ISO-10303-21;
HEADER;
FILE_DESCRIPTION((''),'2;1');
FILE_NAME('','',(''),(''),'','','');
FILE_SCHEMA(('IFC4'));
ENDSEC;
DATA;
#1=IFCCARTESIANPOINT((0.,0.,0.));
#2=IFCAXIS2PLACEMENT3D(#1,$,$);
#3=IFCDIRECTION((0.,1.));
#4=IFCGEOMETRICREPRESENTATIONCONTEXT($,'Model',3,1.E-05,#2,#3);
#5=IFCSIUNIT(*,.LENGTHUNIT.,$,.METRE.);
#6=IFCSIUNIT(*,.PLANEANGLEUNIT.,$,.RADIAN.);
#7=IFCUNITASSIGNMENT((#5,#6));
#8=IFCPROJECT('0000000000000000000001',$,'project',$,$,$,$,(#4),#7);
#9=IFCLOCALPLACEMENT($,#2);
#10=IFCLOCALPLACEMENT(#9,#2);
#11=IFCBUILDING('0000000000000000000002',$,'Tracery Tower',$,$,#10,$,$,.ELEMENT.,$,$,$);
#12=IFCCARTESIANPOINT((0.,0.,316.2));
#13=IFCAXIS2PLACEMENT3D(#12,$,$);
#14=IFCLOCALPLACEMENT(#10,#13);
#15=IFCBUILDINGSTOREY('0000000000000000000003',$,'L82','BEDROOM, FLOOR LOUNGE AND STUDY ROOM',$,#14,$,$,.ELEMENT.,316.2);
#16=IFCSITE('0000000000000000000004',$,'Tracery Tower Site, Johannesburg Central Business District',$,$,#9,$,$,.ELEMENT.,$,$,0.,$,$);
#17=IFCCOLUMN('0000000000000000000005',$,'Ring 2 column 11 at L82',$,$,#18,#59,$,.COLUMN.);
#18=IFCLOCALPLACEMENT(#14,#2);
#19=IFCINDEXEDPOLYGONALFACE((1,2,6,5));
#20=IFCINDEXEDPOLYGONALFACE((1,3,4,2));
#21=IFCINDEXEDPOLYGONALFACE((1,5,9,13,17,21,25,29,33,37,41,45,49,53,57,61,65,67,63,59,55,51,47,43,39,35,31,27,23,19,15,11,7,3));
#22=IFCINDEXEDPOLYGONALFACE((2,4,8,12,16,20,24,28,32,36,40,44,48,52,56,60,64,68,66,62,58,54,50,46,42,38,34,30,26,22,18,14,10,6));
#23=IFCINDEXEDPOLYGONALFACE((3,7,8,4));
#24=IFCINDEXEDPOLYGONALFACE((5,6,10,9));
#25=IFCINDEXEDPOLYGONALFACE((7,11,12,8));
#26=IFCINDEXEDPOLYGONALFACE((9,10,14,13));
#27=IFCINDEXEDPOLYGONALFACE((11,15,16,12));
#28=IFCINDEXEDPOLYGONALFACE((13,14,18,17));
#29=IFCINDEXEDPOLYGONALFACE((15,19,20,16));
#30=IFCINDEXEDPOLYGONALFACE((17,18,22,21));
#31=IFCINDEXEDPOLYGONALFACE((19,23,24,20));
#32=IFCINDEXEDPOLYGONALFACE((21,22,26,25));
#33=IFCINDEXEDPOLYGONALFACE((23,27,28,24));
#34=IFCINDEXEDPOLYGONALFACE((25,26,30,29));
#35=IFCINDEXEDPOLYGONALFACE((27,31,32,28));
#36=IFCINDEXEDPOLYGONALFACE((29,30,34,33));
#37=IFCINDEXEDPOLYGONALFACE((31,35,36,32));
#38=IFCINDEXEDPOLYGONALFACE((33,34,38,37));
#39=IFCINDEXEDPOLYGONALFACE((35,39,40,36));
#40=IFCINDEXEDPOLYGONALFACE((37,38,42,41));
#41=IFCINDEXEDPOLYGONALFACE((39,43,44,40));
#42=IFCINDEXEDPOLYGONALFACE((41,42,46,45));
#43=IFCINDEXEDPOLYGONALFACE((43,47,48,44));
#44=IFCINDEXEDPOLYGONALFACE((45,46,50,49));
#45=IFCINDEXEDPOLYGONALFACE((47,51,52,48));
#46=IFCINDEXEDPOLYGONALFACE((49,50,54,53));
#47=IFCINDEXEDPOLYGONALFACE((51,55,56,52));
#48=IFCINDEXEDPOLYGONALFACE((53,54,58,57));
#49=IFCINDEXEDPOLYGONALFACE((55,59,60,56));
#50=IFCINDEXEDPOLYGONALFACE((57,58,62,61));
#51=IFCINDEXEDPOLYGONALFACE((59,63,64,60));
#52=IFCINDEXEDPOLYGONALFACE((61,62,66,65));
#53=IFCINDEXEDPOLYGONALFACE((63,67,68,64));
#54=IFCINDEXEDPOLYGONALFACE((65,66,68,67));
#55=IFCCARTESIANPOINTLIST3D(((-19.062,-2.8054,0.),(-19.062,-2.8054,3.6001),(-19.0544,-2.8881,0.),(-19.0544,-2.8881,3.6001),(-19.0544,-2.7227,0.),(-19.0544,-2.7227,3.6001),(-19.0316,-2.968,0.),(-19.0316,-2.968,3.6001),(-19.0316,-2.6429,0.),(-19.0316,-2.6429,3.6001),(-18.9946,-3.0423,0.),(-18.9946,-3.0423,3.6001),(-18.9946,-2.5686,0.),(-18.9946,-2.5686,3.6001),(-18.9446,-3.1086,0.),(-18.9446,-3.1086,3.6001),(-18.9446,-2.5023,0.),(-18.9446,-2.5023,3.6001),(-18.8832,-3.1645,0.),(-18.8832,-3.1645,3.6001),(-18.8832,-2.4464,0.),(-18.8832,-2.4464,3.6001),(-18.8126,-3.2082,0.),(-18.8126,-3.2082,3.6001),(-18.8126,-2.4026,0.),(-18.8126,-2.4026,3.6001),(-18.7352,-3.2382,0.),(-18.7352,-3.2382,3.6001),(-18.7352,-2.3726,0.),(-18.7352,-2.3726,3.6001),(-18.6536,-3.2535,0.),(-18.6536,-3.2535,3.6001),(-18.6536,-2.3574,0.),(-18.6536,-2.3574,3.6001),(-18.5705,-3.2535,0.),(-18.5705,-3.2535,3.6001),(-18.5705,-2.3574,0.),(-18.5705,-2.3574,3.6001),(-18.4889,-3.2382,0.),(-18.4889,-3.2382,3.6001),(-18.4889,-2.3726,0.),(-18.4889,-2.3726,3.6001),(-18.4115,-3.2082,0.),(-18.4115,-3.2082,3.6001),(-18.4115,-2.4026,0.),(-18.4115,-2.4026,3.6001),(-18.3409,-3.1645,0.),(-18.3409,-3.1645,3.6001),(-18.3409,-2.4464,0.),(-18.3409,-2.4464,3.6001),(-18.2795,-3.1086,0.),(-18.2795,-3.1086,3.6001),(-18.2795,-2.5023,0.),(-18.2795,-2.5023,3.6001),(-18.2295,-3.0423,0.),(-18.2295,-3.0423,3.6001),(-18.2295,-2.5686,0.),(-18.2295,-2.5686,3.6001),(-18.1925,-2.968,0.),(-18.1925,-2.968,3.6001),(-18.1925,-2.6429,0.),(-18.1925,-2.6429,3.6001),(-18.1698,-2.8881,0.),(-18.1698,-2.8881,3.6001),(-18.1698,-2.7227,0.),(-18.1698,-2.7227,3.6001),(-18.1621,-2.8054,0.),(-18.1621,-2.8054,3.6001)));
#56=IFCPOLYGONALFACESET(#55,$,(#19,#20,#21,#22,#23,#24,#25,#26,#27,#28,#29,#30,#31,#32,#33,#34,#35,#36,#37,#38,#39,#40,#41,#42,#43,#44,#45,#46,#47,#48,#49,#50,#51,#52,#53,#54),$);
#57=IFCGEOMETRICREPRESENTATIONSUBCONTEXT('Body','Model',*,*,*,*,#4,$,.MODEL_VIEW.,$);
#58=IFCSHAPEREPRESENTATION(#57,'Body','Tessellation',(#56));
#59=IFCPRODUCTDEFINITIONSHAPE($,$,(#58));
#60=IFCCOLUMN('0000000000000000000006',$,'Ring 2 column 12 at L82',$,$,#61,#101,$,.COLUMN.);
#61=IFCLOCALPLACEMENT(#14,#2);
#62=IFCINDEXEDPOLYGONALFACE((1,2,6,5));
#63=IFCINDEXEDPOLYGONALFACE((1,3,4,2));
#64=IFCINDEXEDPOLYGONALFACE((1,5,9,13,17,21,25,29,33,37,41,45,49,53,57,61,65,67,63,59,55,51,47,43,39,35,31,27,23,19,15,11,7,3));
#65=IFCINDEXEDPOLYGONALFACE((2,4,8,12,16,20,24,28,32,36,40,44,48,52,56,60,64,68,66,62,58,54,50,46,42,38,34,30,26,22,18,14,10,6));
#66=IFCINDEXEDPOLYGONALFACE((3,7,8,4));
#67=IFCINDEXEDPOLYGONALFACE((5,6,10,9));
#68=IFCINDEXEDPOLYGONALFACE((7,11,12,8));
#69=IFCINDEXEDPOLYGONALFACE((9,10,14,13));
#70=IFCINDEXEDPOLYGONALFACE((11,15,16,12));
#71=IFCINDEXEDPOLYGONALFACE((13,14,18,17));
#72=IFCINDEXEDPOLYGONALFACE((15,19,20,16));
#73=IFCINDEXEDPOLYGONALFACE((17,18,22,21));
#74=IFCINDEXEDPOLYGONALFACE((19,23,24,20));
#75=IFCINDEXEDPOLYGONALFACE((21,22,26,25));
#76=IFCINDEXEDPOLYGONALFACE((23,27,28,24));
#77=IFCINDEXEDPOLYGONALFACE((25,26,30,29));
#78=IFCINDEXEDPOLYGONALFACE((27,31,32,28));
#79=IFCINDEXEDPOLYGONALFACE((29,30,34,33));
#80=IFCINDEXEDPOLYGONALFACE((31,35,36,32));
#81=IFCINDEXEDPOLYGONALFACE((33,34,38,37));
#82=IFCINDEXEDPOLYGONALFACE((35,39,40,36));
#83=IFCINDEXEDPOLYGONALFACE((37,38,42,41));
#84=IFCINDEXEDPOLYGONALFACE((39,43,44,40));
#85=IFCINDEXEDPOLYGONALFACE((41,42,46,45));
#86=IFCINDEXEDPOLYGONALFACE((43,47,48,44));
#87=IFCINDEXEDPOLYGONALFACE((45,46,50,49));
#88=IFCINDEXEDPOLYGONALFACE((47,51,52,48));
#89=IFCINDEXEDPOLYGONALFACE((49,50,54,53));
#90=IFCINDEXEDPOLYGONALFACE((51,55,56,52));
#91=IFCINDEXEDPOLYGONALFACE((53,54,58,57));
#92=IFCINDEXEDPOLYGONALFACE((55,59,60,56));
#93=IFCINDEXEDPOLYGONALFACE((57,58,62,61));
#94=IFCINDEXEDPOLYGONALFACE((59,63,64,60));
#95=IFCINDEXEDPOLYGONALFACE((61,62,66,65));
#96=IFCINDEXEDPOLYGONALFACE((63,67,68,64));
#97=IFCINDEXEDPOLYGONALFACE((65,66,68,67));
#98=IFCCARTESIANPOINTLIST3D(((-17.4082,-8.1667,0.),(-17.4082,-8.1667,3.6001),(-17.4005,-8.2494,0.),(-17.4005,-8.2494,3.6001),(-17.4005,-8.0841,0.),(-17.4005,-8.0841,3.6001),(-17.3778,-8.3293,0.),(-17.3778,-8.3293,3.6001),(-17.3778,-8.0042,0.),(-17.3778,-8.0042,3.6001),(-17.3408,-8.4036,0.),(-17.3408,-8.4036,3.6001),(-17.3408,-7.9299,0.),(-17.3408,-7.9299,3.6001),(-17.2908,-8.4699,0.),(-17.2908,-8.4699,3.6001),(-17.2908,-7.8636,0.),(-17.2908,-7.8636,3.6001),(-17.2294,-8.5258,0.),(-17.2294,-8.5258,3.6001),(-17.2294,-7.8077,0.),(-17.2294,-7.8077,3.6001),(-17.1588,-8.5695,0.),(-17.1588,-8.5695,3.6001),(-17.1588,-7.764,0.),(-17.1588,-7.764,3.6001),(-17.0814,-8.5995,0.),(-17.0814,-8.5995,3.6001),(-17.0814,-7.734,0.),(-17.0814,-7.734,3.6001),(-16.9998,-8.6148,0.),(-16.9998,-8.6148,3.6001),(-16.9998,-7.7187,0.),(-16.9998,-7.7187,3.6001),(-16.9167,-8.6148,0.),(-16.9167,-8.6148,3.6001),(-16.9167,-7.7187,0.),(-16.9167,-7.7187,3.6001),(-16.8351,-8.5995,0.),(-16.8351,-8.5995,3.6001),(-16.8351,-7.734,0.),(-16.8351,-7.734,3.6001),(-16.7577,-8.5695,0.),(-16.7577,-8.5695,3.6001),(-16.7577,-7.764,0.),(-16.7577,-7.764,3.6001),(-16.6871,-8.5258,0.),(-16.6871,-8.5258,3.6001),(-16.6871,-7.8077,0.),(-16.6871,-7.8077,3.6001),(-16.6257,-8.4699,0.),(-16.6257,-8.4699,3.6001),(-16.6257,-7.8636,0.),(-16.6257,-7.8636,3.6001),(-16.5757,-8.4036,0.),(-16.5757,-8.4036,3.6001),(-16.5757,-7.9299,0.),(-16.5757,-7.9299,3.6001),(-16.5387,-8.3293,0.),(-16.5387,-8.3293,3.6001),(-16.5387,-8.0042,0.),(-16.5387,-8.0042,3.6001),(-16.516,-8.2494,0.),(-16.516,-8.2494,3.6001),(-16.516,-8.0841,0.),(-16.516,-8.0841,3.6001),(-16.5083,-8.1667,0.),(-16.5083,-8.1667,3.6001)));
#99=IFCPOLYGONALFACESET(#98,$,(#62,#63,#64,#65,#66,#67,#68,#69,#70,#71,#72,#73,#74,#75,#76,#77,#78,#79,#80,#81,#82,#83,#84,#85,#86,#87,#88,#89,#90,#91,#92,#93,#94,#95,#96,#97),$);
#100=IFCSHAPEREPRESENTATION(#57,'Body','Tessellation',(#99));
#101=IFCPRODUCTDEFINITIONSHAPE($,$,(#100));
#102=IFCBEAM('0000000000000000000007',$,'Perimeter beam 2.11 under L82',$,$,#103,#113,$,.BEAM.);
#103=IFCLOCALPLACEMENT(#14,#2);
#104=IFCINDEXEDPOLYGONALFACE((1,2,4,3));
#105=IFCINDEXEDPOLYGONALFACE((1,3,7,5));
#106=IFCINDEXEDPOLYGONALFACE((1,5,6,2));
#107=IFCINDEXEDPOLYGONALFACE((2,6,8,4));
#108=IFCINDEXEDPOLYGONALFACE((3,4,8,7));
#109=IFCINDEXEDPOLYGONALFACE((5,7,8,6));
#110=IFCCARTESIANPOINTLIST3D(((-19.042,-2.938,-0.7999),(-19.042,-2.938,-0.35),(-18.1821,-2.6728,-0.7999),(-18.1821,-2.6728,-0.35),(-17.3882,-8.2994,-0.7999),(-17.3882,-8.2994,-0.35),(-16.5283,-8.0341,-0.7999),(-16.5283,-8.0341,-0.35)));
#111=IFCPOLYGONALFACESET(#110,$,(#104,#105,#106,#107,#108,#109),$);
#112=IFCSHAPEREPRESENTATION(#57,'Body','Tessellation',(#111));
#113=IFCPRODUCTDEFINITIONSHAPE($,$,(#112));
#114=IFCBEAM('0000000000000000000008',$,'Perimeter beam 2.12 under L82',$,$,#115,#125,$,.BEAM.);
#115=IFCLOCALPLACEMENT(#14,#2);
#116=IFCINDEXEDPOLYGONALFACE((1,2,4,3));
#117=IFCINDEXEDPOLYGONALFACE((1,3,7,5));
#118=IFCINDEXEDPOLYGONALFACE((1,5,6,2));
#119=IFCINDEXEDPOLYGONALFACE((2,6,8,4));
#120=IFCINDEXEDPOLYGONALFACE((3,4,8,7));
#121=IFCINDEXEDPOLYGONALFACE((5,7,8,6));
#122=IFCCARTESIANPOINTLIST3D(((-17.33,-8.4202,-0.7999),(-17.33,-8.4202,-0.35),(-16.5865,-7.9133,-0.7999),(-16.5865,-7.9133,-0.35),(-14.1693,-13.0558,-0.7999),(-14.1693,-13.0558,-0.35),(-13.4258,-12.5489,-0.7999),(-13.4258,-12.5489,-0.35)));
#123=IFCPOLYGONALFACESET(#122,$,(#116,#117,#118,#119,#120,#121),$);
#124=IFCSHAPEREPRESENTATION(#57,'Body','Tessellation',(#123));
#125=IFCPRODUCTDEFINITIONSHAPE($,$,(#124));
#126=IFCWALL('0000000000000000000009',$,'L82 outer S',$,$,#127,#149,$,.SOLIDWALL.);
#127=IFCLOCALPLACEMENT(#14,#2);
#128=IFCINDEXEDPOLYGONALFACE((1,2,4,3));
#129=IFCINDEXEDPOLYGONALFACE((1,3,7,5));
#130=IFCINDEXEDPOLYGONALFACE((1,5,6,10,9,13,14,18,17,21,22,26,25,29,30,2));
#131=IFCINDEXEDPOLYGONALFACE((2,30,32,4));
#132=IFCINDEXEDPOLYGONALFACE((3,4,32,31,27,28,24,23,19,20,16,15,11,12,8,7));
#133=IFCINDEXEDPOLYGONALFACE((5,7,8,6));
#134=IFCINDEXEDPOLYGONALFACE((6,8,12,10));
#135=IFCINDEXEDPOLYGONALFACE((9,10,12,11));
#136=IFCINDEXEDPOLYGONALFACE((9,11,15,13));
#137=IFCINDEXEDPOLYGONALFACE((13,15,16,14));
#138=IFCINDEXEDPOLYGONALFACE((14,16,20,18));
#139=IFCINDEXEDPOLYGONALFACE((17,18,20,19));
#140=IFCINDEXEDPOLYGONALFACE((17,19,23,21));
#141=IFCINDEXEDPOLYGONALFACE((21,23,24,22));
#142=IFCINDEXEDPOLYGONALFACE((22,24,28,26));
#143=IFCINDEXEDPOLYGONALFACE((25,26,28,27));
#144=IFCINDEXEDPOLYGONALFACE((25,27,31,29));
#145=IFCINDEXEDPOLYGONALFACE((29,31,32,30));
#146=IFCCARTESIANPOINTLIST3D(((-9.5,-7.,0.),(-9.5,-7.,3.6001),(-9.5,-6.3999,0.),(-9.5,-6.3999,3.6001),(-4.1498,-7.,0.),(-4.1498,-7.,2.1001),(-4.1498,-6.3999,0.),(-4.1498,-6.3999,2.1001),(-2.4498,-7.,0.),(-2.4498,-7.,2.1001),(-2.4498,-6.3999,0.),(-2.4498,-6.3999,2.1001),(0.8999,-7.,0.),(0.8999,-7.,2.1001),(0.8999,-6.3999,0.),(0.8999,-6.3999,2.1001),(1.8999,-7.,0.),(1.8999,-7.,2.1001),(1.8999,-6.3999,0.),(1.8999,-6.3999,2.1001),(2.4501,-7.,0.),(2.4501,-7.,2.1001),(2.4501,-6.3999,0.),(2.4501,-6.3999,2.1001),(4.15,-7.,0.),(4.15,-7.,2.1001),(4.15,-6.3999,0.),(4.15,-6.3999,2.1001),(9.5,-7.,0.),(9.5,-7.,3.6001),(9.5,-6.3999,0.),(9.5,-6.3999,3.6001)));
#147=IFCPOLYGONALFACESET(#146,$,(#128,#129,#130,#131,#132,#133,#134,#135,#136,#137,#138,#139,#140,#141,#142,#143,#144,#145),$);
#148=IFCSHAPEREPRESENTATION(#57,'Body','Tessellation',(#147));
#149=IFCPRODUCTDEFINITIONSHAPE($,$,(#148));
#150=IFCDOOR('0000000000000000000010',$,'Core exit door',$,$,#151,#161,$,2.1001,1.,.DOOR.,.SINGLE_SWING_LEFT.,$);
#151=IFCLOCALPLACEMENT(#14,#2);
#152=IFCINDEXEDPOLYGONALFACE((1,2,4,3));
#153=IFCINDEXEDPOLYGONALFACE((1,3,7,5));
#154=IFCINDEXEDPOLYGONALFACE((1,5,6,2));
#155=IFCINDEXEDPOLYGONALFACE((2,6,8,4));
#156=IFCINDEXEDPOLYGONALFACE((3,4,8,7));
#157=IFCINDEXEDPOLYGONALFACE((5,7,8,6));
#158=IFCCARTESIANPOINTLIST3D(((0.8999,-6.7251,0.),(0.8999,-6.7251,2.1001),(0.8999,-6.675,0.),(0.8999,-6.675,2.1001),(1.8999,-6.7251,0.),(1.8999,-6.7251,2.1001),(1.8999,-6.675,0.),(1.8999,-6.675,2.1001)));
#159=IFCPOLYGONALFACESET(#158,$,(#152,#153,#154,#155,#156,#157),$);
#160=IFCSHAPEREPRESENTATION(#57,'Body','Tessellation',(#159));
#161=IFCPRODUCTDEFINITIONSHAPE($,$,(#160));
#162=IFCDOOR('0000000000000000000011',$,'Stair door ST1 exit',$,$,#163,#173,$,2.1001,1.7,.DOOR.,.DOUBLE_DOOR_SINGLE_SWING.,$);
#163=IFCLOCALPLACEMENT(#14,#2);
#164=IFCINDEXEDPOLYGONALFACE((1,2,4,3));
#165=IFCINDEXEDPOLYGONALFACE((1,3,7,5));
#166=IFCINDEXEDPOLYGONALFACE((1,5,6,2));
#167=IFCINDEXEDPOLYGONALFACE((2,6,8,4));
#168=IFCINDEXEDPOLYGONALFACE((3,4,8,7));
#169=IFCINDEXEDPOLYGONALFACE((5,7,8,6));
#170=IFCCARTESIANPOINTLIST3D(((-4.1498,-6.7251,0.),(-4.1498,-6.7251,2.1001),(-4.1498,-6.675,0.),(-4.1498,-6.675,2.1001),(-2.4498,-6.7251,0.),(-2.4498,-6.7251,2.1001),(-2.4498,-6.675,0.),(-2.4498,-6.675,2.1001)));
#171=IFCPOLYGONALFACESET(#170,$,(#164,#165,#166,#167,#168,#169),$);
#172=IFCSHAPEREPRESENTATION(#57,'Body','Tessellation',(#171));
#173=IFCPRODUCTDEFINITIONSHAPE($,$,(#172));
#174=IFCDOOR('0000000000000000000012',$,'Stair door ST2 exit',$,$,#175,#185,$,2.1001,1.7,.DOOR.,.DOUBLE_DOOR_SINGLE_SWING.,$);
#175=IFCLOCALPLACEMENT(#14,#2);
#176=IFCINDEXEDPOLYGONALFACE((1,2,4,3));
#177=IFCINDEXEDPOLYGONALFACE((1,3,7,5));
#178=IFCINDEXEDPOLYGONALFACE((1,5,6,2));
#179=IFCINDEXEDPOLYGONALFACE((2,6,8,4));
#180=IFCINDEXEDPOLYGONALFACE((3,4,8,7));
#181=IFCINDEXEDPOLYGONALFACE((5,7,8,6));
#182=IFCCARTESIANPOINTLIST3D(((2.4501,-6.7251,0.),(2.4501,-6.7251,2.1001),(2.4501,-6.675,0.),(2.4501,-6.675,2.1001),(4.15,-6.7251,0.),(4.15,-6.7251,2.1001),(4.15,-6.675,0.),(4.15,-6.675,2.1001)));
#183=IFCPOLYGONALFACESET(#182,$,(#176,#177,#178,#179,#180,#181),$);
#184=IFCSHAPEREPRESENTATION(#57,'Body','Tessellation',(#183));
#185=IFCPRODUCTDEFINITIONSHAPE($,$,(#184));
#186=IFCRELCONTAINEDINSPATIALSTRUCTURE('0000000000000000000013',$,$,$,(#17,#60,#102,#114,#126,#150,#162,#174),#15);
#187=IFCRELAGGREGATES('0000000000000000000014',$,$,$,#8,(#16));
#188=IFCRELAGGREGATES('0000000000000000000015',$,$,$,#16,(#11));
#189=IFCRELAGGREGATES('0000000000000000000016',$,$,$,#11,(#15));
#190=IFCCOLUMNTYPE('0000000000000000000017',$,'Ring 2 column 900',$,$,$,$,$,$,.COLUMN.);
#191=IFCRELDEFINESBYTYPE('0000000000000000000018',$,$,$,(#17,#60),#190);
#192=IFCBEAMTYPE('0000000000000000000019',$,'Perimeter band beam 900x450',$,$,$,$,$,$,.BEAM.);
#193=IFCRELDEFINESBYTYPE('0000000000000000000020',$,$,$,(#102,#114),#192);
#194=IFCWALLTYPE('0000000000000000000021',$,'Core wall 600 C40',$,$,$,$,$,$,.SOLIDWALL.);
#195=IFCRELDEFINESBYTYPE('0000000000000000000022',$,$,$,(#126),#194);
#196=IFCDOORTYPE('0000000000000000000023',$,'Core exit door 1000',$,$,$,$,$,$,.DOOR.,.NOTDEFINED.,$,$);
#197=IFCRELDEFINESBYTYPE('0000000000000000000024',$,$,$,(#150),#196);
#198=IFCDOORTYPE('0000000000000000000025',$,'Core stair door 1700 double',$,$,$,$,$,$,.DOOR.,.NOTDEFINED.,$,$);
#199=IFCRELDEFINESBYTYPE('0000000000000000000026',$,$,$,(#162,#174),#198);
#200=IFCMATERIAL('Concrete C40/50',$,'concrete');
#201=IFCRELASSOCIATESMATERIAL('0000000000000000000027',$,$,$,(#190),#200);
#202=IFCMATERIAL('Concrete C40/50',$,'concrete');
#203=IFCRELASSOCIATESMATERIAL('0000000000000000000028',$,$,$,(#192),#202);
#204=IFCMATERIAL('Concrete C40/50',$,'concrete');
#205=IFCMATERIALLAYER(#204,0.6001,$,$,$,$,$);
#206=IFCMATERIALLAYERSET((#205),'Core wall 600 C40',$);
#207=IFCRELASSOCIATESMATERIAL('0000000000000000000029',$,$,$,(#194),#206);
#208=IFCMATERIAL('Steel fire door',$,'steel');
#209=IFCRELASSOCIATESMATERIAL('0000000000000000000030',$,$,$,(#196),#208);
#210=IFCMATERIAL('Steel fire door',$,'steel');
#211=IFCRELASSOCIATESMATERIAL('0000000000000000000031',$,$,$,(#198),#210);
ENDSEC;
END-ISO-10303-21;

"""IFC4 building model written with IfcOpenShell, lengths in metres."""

from ifc_helpers import new_model, si_unit, direction, frame, frame_2d, origin, origin_2d, place, context, subcontext, project, spatial, rectangle, circle, extrude, material, layer, layer_set, material_profile, profile_set, type_object, element, fill, save


model = new_model("IFC4")

# Units and contexts
model_context = context("Model", 3, precision=1e-05, world=origin(), true_north=direction((0.0, 1.0)))
body_context = subcontext(model_context, "Body", "Model", "MODEL_VIEW")
ifc_project = project(units=[si_unit("LENGTHUNIT", "METRE"), si_unit("PLANEANGLEUNIT", "RADIAN")], contexts=[model_context])

# Site, building, storey
site_placement = place(None, origin())
site = spatial("IfcSite", under=ifc_project, at=site_placement, Name="Tracery Tower Site, Johannesburg Central Business District", CompositionType="ELEMENT", RefElevation=0.0)
building_placement = place(site_placement, origin())
building = spatial("IfcBuilding", under=site, at=building_placement, Name="Tracery Tower", CompositionType="ELEMENT")
storey_placement = place(building_placement, frame((0.0, 0.0, 316.2)))
storey = spatial("IfcBuildingStorey", under=building, at=storey_placement, Name="L82", Description="BEDROOM, FLOOR LOUNGE AND STUDY ROOM", CompositionType="ELEMENT", Elevation=316.2)

# Columns
ifc_material_1 = material(Name="Concrete C40/50", Category="concrete")
ifc_material_profile_1 = material_profile(ifc_material_1, circle(Radius=0.45, at=origin_2d()), Name="RC D900")
ifc_profile_set_1 = profile_set([ifc_material_profile_1], Name="Concrete C40/50")
column_type = type_object("IfcColumnType", Name="Ring 2 column 900", PredefinedType="COLUMN", material=ifc_profile_set_1)
for number, where, z_axis, x_axis, name in (
    (1, (-18.6121, -2.8054, 0.0), (0.0, 0.0, 1.0), (1.0, 0.0, 0.0), "Ring 2 column 11 at L82"),
    (2, (-16.9583, -8.1667, 0.0), (0.0, 0.0, 1.0), (1.0, 0.0, 0.0), "Ring 2 column 12 at L82"),
):
    element("IfcColumn", number, at=place(storey_placement, frame(where, z_axis=z_axis, x_axis=x_axis)), inside=storey, type_object=column_type, Name=name, PredefinedType="COLUMN", context=body_context, shape_type="SweptSolid", body=[
        extrude(circle(Radius=0.45, at=origin_2d()), origin(), (0.0, 0.0, 1.0), 3.6001),
    ])

# Beams
ifc_material_2 = material(Name="Concrete C40/50", Category="concrete")
ifc_material_profile_2 = material_profile(ifc_material_2, rectangle(XDim=0.8999, YDim=0.45, at=origin_2d()), Name="RC 900x450")
ifc_profile_set_2 = profile_set([ifc_material_profile_2], Name="Concrete C40/50")
beam_type = type_object("IfcBeamType", Name="Perimeter band beam 900x450", PredefinedType="BEAM", material=ifc_profile_set_2)
for number, where, z_axis, x_axis, name in (
    (3, (-18.6121, -2.8054, -0.575), (0.294765, -0.95557, 0.0), (0.95557, 0.294765, 0.0), "Perimeter beam 2.11 under L82"),
    (4, (-16.9583, -8.1667, -0.575), (0.563346, -0.826221, 0.0), (0.826221, 0.563346, 0.0), "Perimeter beam 2.12 under L82"),
):
    element("IfcBeam", number, at=place(storey_placement, frame(where, z_axis=z_axis, x_axis=x_axis)), inside=storey, type_object=beam_type, Name=name, PredefinedType="BEAM", context=body_context, shape_type="SweptSolid", body=[
        extrude(rectangle(XDim=0.8999, YDim=0.45, at=origin_2d()), origin(), (0.0, 0.0, 1.0), 5.6106),
    ])

# Wall, openings, doors
ifc_material_3 = material(Name="Concrete C40/50", Category="concrete")
ifc_layer_1 = layer(ifc_material_3, 0.6001)
ifc_layer_set_1 = layer_set([ifc_layer_1], Name="Core wall 600 C40")
wall_type_1 = type_object("IfcWallType", Name="Core wall 600 C40", PredefinedType="SOLIDWALL", material=ifc_layer_set_1)
wall_1_placement = place(storey_placement, frame((-9.5, -6.7, 0.0), z_axis=(0.0, 0.0, 1.0), x_axis=(1.0, 0.0, 0.0)))
wall_1 = element("IfcWall", 5, at=wall_1_placement, inside=storey, type_object=wall_type_1, Name="L82 outer S", PredefinedType="SOLIDWALL", context=body_context, shape_type="SweptSolid", body=[
    extrude(rectangle(XDim=19.0, YDim=0.6001, at=frame_2d((9.5, 0.0))), origin(), (0.0, 0.0, 1.0), 3.6001),
])
opening_1_placement = place(wall_1_placement, frame((10.3999, 0.0, 0.0)))
opening_1 = element("IfcOpeningElement", 6, at=opening_1_placement, cuts=wall_1, PredefinedType="OPENING", context=body_context, shape_type="SweptSolid", body=[
    extrude(rectangle(XDim=1.0, YDim=2.1001, at=frame_2d((0.5, 1.05))), frame((0.0, 0.3, 0.0), z_axis=(0.0, -1.0, 0.0), x_axis=(1.0, 0.0, 0.0)), (0.0, 0.0, 1.0), 0.6001),
])
opening_2_placement = place(wall_1_placement, frame((5.3501, 0.0, 0.0)))
opening_2 = element("IfcOpeningElement", 7, at=opening_2_placement, cuts=wall_1, PredefinedType="OPENING", context=body_context, shape_type="SweptSolid", body=[
    extrude(rectangle(XDim=1.7, YDim=2.1001, at=frame_2d((0.8501, 1.05))), frame((0.0, 0.3, 0.0), z_axis=(0.0, -1.0, 0.0), x_axis=(1.0, 0.0, 0.0)), (0.0, 0.0, 1.0), 0.6001),
])
opening_3_placement = place(wall_1_placement, frame((11.95, 0.0, 0.0)))
opening_3 = element("IfcOpeningElement", 8, at=opening_3_placement, cuts=wall_1, PredefinedType="OPENING", context=body_context, shape_type="SweptSolid", body=[
    extrude(rectangle(XDim=1.7, YDim=2.1001, at=frame_2d((0.8501, 1.05))), frame((0.0, 0.3, 0.0), z_axis=(0.0, -1.0, 0.0), x_axis=(1.0, 0.0, 0.0)), (0.0, 0.0, 1.0), 0.6001),
])
ifc_material_4 = material(Name="Steel fire door", Category="steel")
door_type_1 = type_object("IfcDoorType", Name="Core exit door 1000", OperationType="NOTDEFINED", PredefinedType="DOOR", material=ifc_material_4)
door_1_placement = place(opening_1_placement, origin())
door_1 = element("IfcDoor", 9, at=door_1_placement, inside=storey, type_object=door_type_1, Name="Core exit door", OperationType="SINGLE_SWING_LEFT", OverallHeight=2.1001, OverallWidth=1.0, PredefinedType="DOOR", context=body_context, shape_type="SweptSolid", body=[
    extrude(rectangle(XDim=1.0, YDim=2.1001, at=frame_2d((0.5, 1.05))), frame((0.0, 0.0249, 0.0), z_axis=(0.0, -1.0, 0.0), x_axis=(1.0, 0.0, 0.0)), (0.0, 0.0, 1.0), 0.05),
])
fill(opening_1, door_1)
ifc_material_5 = material(Name="Steel fire door", Category="steel")
door_type_2 = type_object("IfcDoorType", Name="Core stair door 1700 double", OperationType="NOTDEFINED", PredefinedType="DOOR", material=ifc_material_5)
door_2_placement = place(opening_2_placement, origin())
door_2 = element("IfcDoor", 10, at=door_2_placement, inside=storey, type_object=door_type_2, Name="Stair door ST1 exit", OperationType="DOUBLE_DOOR_SINGLE_SWING", OverallHeight=2.1001, OverallWidth=1.7, PredefinedType="DOOR", context=body_context, shape_type="SweptSolid", body=[
    extrude(rectangle(XDim=1.7, YDim=2.1001, at=frame_2d((0.8501, 1.05))), frame((0.0, 0.0249, 0.0), z_axis=(0.0, -1.0, 0.0), x_axis=(1.0, 0.0, 0.0)), (0.0, 0.0, 1.0), 0.05),
])
fill(opening_2, door_2)
door_3_placement = place(opening_3_placement, origin())
door_3 = element("IfcDoor", 11, at=door_3_placement, inside=storey, type_object=door_type_2, Name="Stair door ST2 exit", OperationType="DOUBLE_DOOR_SINGLE_SWING", OverallHeight=2.1001, OverallWidth=1.7, PredefinedType="DOOR", context=body_context, shape_type="SweptSolid", body=[
    extrude(rectangle(XDim=1.7, YDim=2.1001, at=frame_2d((0.8501, 1.05))), frame((0.0, 0.0249, 0.0), z_axis=(0.0, -1.0, 0.0), x_axis=(1.0, 0.0, 0.0)), (0.0, 0.0, 1.0), 0.05),
])
fill(opening_3, door_3)

save(model, "model.ifc")
